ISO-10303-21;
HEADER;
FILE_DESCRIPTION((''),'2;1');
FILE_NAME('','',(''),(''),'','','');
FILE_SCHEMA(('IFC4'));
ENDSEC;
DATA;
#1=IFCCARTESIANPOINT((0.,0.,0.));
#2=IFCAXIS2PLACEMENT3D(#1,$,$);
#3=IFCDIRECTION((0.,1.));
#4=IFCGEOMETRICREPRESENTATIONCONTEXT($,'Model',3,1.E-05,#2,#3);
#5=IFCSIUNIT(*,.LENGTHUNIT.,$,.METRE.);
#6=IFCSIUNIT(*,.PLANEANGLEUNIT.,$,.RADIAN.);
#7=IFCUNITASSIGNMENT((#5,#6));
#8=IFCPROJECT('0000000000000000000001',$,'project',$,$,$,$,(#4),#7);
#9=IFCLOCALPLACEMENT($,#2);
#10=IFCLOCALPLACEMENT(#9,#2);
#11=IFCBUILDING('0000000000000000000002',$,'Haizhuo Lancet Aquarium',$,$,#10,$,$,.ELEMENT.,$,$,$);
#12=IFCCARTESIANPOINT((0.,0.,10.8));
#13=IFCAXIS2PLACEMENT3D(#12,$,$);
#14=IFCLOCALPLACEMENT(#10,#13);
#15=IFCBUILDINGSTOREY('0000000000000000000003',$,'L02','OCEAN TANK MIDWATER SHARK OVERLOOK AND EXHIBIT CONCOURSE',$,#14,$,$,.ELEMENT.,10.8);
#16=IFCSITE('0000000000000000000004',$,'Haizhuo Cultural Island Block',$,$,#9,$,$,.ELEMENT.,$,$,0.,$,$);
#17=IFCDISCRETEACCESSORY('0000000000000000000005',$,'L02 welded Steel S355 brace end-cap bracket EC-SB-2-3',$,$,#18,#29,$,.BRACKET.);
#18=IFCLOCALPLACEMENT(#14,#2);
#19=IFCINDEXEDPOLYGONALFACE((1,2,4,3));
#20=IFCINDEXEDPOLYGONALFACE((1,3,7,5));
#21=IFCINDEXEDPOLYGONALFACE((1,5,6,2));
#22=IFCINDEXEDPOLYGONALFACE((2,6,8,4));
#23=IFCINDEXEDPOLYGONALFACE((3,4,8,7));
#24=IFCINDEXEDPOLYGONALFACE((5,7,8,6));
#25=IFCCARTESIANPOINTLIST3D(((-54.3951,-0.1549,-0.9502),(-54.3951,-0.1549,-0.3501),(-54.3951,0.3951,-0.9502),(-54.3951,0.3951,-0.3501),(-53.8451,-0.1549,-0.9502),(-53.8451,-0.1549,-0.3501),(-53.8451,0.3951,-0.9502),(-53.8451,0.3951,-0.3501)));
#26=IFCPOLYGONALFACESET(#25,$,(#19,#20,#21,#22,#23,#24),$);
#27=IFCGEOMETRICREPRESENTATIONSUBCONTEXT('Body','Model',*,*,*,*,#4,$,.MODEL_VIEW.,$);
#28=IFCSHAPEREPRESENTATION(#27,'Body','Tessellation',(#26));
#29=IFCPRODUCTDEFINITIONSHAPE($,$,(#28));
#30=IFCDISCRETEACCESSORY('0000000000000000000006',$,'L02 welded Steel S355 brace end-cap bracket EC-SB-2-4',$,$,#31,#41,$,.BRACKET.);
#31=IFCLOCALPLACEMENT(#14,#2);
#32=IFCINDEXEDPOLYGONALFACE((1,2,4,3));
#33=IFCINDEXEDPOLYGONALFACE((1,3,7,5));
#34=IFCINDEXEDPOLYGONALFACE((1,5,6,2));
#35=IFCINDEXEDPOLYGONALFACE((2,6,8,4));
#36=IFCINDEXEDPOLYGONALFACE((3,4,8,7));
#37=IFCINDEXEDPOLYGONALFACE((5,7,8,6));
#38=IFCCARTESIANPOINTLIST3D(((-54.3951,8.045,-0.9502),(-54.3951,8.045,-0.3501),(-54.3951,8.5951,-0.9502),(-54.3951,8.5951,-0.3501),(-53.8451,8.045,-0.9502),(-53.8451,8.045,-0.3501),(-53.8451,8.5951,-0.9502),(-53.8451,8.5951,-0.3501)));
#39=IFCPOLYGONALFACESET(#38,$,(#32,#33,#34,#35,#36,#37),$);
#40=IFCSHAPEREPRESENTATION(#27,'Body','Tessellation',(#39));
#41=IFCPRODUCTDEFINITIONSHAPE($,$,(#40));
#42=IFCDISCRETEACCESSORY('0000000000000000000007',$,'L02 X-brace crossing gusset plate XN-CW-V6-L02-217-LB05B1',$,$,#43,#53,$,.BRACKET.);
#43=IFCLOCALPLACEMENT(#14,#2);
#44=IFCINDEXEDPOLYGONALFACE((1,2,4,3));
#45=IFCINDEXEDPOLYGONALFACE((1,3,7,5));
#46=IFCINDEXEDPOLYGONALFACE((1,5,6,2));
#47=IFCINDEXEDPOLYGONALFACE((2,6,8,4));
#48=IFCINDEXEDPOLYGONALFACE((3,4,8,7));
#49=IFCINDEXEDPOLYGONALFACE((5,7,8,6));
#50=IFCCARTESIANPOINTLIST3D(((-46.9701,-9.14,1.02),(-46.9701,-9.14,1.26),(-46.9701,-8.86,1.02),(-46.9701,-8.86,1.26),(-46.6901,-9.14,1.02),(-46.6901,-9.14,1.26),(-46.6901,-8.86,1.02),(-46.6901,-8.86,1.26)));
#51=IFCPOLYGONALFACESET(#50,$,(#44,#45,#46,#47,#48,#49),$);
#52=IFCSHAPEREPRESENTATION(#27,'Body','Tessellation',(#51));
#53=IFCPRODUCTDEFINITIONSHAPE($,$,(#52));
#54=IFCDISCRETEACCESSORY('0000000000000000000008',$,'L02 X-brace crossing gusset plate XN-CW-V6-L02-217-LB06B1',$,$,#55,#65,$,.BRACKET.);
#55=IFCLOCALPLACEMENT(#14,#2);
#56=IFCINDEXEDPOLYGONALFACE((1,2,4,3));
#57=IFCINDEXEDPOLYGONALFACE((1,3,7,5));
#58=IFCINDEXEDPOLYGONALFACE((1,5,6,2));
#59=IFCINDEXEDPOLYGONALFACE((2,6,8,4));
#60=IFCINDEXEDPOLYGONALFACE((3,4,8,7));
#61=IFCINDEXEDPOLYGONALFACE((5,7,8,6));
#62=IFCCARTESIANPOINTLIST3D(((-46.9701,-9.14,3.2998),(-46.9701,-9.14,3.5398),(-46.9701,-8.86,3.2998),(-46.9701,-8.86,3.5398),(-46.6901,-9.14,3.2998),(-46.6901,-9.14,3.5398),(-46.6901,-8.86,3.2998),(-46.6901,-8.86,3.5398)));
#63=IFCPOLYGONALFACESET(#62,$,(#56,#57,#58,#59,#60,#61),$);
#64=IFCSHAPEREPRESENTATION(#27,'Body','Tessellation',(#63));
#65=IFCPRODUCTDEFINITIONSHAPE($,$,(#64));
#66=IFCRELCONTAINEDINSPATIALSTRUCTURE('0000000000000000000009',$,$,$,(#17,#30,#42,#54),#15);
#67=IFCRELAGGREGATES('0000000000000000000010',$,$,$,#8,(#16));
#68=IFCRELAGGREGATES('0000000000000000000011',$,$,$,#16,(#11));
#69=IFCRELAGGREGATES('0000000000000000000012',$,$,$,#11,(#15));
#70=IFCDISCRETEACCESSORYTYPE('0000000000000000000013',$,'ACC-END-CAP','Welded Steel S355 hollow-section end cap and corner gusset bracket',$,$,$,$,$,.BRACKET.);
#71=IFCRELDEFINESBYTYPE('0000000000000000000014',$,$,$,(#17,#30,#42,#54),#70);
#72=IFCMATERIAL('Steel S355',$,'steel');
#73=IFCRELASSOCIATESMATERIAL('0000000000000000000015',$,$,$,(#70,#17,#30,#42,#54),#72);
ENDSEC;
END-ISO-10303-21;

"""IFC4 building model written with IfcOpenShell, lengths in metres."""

from ifc_helpers import new_model, si_unit, direction, frame, origin, origin_2d, place, context, subcontext, project, spatial, rectangle, extrude, material, type_object, element, save


model = new_model("IFC4")

# Units and contexts
model_context = context("Model", 3, precision=1e-05, world=origin(), true_north=direction((0.0, 1.0)))
body_context = subcontext(model_context, "Body", "Model", "MODEL_VIEW")
ifc_project = project(units=[si_unit("LENGTHUNIT", "METRE"), si_unit("PLANEANGLEUNIT", "RADIAN")], contexts=[model_context])

# Site, building, storey
site_placement = place(None, origin())
site = spatial("IfcSite", under=ifc_project, at=site_placement, Name="Haizhuo Cultural Island Block", CompositionType="ELEMENT", RefElevation=0.0)
building_placement = place(site_placement, origin())
building = spatial("IfcBuilding", under=site, at=building_placement, Name="Haizhuo Lancet Aquarium", CompositionType="ELEMENT")
storey_placement = place(building_placement, frame((0.0, 0.0, 10.8)))
storey = spatial("IfcBuildingStorey", under=building, at=storey_placement, Name="L02", Description="OCEAN TANK MIDWATER SHARK OVERLOOK AND EXHIBIT CONCOURSE", CompositionType="ELEMENT", Elevation=10.8)

# Shared definitions
ifc_material_1 = material(Name="Steel S355", Category="steel")

# Discrete accessories
discrete_accessory_type = type_object("IfcDiscreteAccessoryType", Name="ACC-END-CAP", Description="Welded Steel S355 hollow-section end cap and corner gusset bracket", PredefinedType="BRACKET", material=ifc_material_1)
for number, where, z_axis, x_axis, name in (
    (1, (-54.1201, 0.1201, -0.9502), (0.0, 0.0, 1.0), (1.0, 0.0, 0.0), "L02 welded Steel S355 brace end-cap bracket EC-SB-2-3"),
    (2, (-54.1201, 8.3201, -0.9502), (0.0, 0.0, 1.0), (1.0, 0.0, 0.0), "L02 welded Steel S355 brace end-cap bracket EC-SB-2-4"),
):
    element("IfcDiscreteAccessory", number, at=place(storey_placement, frame(where, z_axis=z_axis, x_axis=x_axis)), inside=storey, type_object=discrete_accessory_type, material=ifc_material_1, Name=name, PredefinedType="BRACKET", context=body_context, shape_type="SweptSolid", body=[
        extrude(rectangle(XDim=0.55, YDim=0.55, at=origin_2d()), origin(), (0.0, 0.0, 1.0), 0.6001),
    ])
for number, where, z_axis, x_axis, name in (
    (3, (-46.8301, -9.0, 1.02), (0.0, 0.0, 1.0), (1.0, 0.0, 0.0), "L02 X-brace crossing gusset plate XN-CW-V6-L02-217-LB05B1"),
    (4, (-46.8301, -9.0, 3.2998), (0.0, 0.0, 1.0), (1.0, 0.0, 0.0), "L02 X-brace crossing gusset plate XN-CW-V6-L02-217-LB06B1"),
):
    element("IfcDiscreteAccessory", number, at=place(storey_placement, frame(where, z_axis=z_axis, x_axis=x_axis)), inside=storey, type_object=discrete_accessory_type, material=ifc_material_1, Name=name, PredefinedType="BRACKET", context=body_context, shape_type="SweptSolid", body=[
        extrude(rectangle(XDim=0.28, YDim=0.28, at=origin_2d()), origin(), (0.0, 0.0, 1.0), 0.24),
    ])

save(model, "model.ifc")
